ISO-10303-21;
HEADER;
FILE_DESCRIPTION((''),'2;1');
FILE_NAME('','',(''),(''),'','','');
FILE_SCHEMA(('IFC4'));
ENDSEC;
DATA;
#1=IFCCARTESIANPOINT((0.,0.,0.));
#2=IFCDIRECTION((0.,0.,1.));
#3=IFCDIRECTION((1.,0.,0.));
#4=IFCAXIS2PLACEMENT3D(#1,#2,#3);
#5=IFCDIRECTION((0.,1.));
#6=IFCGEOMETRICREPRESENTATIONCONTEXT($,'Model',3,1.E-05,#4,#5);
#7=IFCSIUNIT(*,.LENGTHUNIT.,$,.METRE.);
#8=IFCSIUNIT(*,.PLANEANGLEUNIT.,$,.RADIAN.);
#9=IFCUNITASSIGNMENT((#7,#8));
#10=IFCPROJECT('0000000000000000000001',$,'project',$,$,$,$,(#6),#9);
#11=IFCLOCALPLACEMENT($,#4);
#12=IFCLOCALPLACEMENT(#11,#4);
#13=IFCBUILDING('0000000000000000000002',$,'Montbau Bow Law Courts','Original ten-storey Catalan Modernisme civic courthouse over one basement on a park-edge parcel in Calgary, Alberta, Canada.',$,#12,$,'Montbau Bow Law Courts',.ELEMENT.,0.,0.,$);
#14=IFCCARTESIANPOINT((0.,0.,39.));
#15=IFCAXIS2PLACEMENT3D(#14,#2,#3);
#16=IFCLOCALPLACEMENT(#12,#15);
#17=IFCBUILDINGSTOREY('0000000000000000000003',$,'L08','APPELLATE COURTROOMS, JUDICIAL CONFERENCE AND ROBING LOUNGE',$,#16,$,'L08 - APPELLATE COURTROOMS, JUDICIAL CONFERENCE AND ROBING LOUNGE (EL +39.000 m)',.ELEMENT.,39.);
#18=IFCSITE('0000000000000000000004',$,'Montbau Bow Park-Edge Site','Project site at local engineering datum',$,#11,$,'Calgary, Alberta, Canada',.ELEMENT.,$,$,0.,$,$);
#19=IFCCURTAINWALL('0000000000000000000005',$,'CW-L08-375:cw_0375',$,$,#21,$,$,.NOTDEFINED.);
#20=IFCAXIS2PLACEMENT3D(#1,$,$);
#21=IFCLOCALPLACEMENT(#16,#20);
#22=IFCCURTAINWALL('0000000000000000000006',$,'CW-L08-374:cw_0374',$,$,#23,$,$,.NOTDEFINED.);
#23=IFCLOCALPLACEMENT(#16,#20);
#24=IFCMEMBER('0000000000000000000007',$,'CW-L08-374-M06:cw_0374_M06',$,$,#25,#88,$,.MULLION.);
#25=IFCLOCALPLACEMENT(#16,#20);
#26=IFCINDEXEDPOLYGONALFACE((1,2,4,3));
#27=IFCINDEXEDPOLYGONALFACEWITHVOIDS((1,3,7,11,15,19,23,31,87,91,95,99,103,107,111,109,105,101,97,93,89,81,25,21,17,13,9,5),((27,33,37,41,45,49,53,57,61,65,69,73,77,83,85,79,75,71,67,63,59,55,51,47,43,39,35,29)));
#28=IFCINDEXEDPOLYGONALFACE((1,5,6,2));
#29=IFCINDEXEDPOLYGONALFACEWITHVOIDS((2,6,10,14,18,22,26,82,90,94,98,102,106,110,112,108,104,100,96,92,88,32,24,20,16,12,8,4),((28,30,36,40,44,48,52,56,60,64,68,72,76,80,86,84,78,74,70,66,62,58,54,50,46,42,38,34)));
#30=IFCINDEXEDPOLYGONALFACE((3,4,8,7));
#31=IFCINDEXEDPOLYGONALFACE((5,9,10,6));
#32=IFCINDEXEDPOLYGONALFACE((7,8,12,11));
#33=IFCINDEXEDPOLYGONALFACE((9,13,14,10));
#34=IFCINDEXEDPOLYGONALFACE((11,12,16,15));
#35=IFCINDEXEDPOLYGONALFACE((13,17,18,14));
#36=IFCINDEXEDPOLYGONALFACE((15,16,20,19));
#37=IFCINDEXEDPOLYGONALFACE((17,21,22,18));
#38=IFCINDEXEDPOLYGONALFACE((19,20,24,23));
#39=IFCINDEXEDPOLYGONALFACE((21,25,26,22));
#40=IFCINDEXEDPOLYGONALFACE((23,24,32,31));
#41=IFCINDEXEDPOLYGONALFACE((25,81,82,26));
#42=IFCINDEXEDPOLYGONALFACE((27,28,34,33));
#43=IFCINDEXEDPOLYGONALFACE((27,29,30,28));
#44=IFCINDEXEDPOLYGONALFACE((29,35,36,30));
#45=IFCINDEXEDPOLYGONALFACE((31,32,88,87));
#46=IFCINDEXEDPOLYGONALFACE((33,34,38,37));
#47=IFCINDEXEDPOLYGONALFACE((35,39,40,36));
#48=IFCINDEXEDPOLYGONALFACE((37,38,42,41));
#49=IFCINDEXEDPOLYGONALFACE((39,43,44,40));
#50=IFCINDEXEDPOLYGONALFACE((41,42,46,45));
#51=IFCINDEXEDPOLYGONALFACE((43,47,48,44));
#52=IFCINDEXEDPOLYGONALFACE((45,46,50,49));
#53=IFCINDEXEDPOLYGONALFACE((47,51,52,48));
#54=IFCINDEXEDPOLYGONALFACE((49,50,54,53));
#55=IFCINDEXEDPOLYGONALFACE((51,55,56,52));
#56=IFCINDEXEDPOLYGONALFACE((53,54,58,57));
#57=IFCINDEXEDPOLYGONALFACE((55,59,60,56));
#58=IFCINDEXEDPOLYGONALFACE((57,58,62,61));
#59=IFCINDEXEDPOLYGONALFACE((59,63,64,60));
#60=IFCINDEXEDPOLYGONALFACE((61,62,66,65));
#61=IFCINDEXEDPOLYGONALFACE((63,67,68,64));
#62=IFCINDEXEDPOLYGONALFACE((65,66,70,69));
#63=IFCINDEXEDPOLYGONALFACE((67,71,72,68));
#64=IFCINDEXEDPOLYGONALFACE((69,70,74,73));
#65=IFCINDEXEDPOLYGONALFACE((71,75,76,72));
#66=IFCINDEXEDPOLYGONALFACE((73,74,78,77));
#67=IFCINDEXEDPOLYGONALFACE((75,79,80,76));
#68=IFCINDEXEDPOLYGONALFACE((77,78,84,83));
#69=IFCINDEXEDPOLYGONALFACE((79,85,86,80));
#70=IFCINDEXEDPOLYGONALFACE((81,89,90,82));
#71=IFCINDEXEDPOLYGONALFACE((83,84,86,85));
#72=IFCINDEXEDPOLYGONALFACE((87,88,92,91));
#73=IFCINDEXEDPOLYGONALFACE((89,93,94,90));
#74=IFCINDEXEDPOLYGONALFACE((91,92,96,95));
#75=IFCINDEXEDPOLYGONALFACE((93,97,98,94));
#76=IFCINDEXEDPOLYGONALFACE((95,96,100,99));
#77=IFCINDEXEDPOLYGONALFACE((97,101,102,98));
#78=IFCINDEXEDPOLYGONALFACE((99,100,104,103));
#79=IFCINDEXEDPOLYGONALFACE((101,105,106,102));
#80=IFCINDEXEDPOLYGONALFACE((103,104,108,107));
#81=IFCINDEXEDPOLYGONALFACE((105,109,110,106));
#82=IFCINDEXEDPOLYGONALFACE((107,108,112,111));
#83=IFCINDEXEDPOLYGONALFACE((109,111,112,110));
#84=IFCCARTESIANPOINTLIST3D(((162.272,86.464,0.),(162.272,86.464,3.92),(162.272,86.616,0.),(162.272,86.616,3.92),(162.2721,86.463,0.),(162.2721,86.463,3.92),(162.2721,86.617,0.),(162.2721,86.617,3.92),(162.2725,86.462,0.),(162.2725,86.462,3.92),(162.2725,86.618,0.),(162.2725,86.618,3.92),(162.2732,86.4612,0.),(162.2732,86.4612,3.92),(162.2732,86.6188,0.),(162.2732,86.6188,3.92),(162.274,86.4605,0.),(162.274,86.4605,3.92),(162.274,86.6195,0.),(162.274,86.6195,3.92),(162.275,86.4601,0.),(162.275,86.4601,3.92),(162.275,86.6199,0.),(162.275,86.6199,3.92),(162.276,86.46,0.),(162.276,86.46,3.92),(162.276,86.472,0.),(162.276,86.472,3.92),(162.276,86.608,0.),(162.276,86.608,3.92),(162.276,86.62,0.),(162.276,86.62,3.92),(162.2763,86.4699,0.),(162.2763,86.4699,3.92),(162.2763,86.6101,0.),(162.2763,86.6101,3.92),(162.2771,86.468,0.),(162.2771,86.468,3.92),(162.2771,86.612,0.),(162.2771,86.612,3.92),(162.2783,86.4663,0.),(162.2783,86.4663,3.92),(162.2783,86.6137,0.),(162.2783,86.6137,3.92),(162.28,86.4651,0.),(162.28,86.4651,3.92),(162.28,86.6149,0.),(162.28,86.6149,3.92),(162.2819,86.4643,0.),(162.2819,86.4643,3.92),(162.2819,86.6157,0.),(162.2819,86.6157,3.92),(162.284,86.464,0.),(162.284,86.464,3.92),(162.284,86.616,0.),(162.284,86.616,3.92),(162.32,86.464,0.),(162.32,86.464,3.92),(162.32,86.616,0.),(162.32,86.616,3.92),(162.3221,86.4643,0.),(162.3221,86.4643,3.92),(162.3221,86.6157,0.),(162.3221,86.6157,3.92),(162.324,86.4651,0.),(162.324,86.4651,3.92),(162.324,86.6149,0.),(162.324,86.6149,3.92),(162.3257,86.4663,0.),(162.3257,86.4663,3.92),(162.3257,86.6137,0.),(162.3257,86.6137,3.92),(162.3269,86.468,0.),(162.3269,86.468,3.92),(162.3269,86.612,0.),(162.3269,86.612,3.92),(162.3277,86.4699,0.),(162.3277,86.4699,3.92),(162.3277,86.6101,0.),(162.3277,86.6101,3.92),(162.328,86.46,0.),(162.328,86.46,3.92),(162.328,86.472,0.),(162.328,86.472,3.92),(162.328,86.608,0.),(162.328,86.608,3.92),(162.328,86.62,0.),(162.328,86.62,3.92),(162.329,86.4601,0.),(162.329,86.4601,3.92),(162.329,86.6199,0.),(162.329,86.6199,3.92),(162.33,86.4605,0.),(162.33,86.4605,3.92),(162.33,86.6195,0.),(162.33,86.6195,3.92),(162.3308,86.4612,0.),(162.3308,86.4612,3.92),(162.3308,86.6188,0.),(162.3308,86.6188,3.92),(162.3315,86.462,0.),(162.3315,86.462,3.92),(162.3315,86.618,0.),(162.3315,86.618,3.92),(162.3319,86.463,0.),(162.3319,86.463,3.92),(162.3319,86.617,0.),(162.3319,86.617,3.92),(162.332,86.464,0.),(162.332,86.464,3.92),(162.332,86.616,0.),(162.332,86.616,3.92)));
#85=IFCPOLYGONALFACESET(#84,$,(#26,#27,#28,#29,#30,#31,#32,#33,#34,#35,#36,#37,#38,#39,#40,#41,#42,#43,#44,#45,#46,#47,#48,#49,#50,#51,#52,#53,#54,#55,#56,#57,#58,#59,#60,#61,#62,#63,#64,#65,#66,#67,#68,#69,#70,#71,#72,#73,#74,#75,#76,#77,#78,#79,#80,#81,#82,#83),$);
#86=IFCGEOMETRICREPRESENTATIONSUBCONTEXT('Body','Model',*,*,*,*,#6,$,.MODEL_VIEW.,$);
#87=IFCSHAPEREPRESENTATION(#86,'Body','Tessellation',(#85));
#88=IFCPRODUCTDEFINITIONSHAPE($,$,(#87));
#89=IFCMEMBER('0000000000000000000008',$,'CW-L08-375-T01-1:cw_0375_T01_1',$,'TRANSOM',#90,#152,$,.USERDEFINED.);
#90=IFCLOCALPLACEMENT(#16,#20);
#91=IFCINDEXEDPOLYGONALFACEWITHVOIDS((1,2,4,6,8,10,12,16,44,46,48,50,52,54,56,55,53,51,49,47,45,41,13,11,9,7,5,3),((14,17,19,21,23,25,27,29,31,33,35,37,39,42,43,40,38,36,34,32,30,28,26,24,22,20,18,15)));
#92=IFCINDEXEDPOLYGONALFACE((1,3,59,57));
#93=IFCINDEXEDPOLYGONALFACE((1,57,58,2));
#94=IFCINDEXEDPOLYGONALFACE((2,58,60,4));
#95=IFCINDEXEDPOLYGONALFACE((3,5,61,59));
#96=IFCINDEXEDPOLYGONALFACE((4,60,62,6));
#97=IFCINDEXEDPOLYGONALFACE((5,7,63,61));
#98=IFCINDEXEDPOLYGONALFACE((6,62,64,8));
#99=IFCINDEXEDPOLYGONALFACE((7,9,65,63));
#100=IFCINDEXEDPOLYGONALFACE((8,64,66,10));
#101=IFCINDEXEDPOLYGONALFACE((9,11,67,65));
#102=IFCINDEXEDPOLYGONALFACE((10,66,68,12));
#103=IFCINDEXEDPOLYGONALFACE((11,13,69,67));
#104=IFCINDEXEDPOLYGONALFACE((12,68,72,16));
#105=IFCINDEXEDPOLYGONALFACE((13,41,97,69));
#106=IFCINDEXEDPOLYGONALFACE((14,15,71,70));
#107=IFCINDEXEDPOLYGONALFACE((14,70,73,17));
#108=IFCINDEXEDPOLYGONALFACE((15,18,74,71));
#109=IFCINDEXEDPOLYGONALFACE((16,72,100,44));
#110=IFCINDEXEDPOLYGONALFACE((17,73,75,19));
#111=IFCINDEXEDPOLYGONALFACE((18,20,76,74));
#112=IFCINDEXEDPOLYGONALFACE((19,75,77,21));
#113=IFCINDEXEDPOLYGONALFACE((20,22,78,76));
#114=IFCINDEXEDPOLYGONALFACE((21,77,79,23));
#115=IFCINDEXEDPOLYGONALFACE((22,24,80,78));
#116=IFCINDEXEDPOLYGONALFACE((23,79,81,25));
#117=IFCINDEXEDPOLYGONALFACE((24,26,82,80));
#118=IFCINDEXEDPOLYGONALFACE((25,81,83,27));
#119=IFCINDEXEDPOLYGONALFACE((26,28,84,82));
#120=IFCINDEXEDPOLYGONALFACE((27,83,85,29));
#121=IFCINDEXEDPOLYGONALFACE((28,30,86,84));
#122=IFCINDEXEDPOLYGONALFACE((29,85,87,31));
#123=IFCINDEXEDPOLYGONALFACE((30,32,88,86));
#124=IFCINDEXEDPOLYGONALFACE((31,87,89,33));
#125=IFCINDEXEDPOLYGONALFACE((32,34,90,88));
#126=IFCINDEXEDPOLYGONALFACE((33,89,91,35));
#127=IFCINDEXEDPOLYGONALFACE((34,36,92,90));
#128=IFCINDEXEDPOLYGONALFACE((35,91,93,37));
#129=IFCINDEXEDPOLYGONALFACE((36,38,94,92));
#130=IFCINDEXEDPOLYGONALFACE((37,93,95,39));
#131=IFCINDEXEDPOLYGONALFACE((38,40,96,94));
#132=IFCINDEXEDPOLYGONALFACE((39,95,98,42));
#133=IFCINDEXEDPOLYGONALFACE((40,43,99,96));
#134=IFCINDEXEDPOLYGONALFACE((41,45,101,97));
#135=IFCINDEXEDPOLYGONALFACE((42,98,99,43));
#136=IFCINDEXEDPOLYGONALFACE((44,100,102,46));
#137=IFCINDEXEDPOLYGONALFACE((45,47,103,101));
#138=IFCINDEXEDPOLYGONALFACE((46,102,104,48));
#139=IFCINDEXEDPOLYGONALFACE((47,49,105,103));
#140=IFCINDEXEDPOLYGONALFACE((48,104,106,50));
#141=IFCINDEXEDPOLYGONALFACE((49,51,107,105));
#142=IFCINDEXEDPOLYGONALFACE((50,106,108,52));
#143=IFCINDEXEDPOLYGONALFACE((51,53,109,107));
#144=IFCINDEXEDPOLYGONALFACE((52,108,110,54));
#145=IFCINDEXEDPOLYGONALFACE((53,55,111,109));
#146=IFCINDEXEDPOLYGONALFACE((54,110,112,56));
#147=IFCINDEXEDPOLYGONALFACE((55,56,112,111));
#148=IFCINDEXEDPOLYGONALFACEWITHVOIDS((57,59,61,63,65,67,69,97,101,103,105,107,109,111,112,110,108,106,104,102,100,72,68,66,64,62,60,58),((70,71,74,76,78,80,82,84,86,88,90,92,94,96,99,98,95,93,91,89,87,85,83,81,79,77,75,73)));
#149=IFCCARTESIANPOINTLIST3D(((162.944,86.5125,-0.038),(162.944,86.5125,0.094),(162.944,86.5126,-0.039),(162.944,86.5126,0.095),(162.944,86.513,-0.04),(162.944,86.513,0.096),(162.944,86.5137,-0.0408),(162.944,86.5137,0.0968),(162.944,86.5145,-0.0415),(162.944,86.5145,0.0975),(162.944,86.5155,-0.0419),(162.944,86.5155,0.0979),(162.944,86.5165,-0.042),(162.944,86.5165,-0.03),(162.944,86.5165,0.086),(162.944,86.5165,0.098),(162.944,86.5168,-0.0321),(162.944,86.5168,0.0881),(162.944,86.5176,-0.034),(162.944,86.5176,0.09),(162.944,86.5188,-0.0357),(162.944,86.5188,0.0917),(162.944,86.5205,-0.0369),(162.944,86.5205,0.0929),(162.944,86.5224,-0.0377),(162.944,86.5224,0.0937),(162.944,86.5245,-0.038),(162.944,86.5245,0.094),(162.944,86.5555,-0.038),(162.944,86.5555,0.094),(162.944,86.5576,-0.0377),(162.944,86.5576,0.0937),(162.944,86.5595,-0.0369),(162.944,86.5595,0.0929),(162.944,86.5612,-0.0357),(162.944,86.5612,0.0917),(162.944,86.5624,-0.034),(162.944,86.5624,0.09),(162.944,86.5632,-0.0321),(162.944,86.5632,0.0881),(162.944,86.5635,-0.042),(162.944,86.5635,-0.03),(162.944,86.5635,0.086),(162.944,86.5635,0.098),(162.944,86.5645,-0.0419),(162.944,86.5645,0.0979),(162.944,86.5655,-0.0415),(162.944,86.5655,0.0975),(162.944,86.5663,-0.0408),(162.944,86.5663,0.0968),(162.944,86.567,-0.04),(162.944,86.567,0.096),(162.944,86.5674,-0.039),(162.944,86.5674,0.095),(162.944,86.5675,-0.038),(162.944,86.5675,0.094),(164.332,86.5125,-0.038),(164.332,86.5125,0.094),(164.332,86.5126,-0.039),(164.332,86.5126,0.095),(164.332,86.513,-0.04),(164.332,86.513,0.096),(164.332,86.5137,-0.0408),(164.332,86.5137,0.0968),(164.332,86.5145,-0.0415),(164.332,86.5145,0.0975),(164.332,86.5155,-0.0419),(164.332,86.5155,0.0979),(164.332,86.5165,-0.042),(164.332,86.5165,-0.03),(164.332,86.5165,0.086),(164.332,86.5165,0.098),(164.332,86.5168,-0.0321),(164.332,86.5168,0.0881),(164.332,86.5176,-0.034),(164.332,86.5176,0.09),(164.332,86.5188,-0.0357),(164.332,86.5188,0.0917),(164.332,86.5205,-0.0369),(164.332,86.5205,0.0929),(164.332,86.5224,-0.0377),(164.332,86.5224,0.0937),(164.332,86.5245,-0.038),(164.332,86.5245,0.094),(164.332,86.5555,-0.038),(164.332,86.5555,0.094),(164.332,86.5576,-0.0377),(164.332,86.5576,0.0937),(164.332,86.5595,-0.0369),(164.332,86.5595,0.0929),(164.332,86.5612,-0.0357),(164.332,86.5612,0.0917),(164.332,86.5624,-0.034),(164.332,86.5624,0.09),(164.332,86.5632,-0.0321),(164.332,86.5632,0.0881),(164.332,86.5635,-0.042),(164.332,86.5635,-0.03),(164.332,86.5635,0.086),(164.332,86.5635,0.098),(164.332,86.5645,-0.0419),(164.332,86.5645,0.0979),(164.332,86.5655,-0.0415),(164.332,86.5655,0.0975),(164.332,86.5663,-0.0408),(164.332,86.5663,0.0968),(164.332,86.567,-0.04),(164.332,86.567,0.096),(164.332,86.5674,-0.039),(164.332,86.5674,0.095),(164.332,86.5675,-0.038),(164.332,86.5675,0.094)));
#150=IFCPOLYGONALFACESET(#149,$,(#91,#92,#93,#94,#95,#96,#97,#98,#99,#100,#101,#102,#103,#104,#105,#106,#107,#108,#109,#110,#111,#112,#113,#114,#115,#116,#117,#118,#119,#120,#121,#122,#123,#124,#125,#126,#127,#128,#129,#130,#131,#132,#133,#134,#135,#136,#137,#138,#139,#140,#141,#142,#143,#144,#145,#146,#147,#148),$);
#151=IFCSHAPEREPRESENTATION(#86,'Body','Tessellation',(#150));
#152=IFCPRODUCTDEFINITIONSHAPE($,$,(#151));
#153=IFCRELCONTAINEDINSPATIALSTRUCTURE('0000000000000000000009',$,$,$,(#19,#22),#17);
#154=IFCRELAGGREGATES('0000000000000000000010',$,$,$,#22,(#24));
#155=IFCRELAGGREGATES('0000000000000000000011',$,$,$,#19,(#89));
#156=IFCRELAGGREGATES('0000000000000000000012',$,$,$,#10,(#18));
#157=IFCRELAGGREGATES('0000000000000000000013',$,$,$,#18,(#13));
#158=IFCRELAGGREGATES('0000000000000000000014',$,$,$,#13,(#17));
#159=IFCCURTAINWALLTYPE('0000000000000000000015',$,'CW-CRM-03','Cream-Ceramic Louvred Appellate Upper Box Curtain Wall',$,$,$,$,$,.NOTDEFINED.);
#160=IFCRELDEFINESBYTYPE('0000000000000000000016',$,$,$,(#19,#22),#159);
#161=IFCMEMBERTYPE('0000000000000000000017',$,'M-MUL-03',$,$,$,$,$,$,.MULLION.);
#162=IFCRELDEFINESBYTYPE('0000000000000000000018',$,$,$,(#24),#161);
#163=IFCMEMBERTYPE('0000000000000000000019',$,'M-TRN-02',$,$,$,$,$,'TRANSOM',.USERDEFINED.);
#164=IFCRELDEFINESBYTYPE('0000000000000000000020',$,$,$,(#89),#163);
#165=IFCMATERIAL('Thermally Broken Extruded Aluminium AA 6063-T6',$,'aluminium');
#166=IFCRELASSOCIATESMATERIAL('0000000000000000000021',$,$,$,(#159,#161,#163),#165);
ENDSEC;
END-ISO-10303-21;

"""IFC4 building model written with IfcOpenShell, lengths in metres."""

from ifc_helpers import new_model, si_unit, direction, frame, origin_with_axes, origin_2d_with_axis, place, context, subcontext, project, spatial, hollow_rectangle, extrude, material, material_profile, profile_set, type_object, element, aggregate, save


model = new_model("IFC4")

# Units and contexts
model_context = context("Model", 3, precision=1e-05, world=origin_with_axes(), true_north=direction((0.0, 1.0)))
body_context = subcontext(model_context, "Body", "Model", "MODEL_VIEW")
ifc_project = project(units=[si_unit("LENGTHUNIT", "METRE"), si_unit("PLANEANGLEUNIT", "RADIAN")], contexts=[model_context])

# Site, building, storey
site_placement = place(None, origin_with_axes())
site = spatial("IfcSite", under=ifc_project, at=site_placement, Name="Montbau Bow Park-Edge Site", Description="Project site at local engineering datum", LongName="Calgary, Alberta, Canada", CompositionType="ELEMENT", RefElevation=0.0)
building_placement = place(site_placement, origin_with_axes())
building = spatial("IfcBuilding", under=site, at=building_placement, Name="Montbau Bow Law Courts", Description="Original ten-storey Catalan Modernisme civic courthouse over one basement on a park-edge parcel in Calgary, Alberta, Canada.", LongName="Montbau Bow Law Courts", CompositionType="ELEMENT", ElevationOfRefHeight=0.0, ElevationOfTerrain=0.0)
storey_placement = place(building_placement, frame((0.0, 0.0, 39.0), z_axis=(0.0, 0.0, 1.0), x_axis=(1.0, 0.0, 0.0)))
storey = spatial("IfcBuildingStorey", under=building, at=storey_placement, Name="L08", Description="APPELLATE COURTROOMS, JUDICIAL CONFERENCE AND ROBING LOUNGE", LongName="L08 - APPELLATE COURTROOMS, JUDICIAL CONFERENCE AND ROBING LOUNGE (EL +39.000 m)", CompositionType="ELEMENT", Elevation=39.0)

# Curtain wall
ifc_material_1 = material(Name="Thermally Broken Extruded Aluminium AA 6063-T6", Category="aluminium")
curtain_wall_type = type_object("IfcCurtainWallType", Name="CW-CRM-03", Description="Cream-Ceramic Louvred Appellate Upper Box Curtain Wall", PredefinedType="NOTDEFINED", material=ifc_material_1)
curtain_wall_1_placement = place(None, frame((162.868, 86.54, 39.0), z_axis=(0.0, 0.0, 1.0), x_axis=(1.0, 0.0, 0.0)))
curtain_wall_1 = element("IfcCurtainWall", 1, at=curtain_wall_1_placement, inside=storey, type_object=curtain_wall_type, Name="CW-L08-375:cw_0375", PredefinedType="NOTDEFINED")

# Curtain wall, member
curtain_wall_2_placement = place(None, frame((155.068, 86.54, 39.0), z_axis=(0.0, 0.0, 1.0), x_axis=(1.0, 0.0, 0.0)))
curtain_wall_2 = element("IfcCurtainWall", 2, at=curtain_wall_2_placement, inside=storey, type_object=curtain_wall_type, Name="CW-L08-374:cw_0374", PredefinedType="NOTDEFINED")
ifc_material_profile_1 = material_profile(ifc_material_1, hollow_rectangle(XDim=0.06, YDim=0.16, WallThickness=0.004, InnerFilletRadius=0.008, OuterFilletRadius=0.004, at=origin_2d_with_axis()), Name="CWM-160X60", Category="Main", Priority=0)
ifc_profile_set_1 = profile_set([ifc_material_profile_1], Name="Thermally Broken Extruded Aluminium AA 6063-T6")
member_type_1 = type_object("IfcMemberType", Name="M-MUL-03", PredefinedType="MULLION", material=ifc_profile_set_1)
member_1_placement = place(None, frame((162.302, 86.54, 39.0), z_axis=(0.0, 0.0, 1.0), x_axis=(1.0, 0.0, 0.0)))
member_1 = element("IfcMember", 3, at=member_1_placement, type_object=member_type_1, Name="CW-L08-374-M06:cw_0374_M06", PredefinedType="MULLION", context=body_context, shape_type="SweptSolid", body=[
    extrude(hollow_rectangle(XDim=0.06, YDim=0.16, WallThickness=0.004, InnerFilletRadius=0.008, OuterFilletRadius=0.004, at=origin_2d_with_axis()), origin_with_axes(), (0.0, 0.0, 1.0), 3.92),
])
aggregate(curtain_wall_2, [member_1])

# Member
ifc_material_profile_2 = material_profile(ifc_material_1, hollow_rectangle(XDim=0.055, YDim=0.14, WallThickness=0.004, InnerFilletRadius=0.008, OuterFilletRadius=0.004, at=origin_2d_with_axis()), Name="CWT-140X55", Category="Main", Priority=0)
ifc_profile_set_2 = profile_set([ifc_material_profile_2], Name="Thermally Broken Extruded Aluminium AA 6063-T6")
member_type_2 = type_object("IfcMemberType", Name="M-TRN-02", ElementType="TRANSOM", PredefinedType="USERDEFINED", material=ifc_profile_set_2)
member_2_placement = place(None, frame((162.944, 86.54, 39.028), z_axis=(1.0, 0.0, 0.0), x_axis=(0.0, 1.0, 0.0)))
member_2 = element("IfcMember", 4, at=member_2_placement, type_object=member_type_2, Name="CW-L08-375-T01-1:cw_0375_T01_1", ObjectType="TRANSOM", PredefinedType="USERDEFINED", context=body_context, shape_type="SweptSolid", body=[
    extrude(hollow_rectangle(XDim=0.055, YDim=0.14, WallThickness=0.004, InnerFilletRadius=0.008, OuterFilletRadius=0.004, at=origin_2d_with_axis()), origin_with_axes(), (0.0, 0.0, 1.0), 1.388),
])

aggregate(curtain_wall_1, [member_2])

save(model, "model.ifc")
